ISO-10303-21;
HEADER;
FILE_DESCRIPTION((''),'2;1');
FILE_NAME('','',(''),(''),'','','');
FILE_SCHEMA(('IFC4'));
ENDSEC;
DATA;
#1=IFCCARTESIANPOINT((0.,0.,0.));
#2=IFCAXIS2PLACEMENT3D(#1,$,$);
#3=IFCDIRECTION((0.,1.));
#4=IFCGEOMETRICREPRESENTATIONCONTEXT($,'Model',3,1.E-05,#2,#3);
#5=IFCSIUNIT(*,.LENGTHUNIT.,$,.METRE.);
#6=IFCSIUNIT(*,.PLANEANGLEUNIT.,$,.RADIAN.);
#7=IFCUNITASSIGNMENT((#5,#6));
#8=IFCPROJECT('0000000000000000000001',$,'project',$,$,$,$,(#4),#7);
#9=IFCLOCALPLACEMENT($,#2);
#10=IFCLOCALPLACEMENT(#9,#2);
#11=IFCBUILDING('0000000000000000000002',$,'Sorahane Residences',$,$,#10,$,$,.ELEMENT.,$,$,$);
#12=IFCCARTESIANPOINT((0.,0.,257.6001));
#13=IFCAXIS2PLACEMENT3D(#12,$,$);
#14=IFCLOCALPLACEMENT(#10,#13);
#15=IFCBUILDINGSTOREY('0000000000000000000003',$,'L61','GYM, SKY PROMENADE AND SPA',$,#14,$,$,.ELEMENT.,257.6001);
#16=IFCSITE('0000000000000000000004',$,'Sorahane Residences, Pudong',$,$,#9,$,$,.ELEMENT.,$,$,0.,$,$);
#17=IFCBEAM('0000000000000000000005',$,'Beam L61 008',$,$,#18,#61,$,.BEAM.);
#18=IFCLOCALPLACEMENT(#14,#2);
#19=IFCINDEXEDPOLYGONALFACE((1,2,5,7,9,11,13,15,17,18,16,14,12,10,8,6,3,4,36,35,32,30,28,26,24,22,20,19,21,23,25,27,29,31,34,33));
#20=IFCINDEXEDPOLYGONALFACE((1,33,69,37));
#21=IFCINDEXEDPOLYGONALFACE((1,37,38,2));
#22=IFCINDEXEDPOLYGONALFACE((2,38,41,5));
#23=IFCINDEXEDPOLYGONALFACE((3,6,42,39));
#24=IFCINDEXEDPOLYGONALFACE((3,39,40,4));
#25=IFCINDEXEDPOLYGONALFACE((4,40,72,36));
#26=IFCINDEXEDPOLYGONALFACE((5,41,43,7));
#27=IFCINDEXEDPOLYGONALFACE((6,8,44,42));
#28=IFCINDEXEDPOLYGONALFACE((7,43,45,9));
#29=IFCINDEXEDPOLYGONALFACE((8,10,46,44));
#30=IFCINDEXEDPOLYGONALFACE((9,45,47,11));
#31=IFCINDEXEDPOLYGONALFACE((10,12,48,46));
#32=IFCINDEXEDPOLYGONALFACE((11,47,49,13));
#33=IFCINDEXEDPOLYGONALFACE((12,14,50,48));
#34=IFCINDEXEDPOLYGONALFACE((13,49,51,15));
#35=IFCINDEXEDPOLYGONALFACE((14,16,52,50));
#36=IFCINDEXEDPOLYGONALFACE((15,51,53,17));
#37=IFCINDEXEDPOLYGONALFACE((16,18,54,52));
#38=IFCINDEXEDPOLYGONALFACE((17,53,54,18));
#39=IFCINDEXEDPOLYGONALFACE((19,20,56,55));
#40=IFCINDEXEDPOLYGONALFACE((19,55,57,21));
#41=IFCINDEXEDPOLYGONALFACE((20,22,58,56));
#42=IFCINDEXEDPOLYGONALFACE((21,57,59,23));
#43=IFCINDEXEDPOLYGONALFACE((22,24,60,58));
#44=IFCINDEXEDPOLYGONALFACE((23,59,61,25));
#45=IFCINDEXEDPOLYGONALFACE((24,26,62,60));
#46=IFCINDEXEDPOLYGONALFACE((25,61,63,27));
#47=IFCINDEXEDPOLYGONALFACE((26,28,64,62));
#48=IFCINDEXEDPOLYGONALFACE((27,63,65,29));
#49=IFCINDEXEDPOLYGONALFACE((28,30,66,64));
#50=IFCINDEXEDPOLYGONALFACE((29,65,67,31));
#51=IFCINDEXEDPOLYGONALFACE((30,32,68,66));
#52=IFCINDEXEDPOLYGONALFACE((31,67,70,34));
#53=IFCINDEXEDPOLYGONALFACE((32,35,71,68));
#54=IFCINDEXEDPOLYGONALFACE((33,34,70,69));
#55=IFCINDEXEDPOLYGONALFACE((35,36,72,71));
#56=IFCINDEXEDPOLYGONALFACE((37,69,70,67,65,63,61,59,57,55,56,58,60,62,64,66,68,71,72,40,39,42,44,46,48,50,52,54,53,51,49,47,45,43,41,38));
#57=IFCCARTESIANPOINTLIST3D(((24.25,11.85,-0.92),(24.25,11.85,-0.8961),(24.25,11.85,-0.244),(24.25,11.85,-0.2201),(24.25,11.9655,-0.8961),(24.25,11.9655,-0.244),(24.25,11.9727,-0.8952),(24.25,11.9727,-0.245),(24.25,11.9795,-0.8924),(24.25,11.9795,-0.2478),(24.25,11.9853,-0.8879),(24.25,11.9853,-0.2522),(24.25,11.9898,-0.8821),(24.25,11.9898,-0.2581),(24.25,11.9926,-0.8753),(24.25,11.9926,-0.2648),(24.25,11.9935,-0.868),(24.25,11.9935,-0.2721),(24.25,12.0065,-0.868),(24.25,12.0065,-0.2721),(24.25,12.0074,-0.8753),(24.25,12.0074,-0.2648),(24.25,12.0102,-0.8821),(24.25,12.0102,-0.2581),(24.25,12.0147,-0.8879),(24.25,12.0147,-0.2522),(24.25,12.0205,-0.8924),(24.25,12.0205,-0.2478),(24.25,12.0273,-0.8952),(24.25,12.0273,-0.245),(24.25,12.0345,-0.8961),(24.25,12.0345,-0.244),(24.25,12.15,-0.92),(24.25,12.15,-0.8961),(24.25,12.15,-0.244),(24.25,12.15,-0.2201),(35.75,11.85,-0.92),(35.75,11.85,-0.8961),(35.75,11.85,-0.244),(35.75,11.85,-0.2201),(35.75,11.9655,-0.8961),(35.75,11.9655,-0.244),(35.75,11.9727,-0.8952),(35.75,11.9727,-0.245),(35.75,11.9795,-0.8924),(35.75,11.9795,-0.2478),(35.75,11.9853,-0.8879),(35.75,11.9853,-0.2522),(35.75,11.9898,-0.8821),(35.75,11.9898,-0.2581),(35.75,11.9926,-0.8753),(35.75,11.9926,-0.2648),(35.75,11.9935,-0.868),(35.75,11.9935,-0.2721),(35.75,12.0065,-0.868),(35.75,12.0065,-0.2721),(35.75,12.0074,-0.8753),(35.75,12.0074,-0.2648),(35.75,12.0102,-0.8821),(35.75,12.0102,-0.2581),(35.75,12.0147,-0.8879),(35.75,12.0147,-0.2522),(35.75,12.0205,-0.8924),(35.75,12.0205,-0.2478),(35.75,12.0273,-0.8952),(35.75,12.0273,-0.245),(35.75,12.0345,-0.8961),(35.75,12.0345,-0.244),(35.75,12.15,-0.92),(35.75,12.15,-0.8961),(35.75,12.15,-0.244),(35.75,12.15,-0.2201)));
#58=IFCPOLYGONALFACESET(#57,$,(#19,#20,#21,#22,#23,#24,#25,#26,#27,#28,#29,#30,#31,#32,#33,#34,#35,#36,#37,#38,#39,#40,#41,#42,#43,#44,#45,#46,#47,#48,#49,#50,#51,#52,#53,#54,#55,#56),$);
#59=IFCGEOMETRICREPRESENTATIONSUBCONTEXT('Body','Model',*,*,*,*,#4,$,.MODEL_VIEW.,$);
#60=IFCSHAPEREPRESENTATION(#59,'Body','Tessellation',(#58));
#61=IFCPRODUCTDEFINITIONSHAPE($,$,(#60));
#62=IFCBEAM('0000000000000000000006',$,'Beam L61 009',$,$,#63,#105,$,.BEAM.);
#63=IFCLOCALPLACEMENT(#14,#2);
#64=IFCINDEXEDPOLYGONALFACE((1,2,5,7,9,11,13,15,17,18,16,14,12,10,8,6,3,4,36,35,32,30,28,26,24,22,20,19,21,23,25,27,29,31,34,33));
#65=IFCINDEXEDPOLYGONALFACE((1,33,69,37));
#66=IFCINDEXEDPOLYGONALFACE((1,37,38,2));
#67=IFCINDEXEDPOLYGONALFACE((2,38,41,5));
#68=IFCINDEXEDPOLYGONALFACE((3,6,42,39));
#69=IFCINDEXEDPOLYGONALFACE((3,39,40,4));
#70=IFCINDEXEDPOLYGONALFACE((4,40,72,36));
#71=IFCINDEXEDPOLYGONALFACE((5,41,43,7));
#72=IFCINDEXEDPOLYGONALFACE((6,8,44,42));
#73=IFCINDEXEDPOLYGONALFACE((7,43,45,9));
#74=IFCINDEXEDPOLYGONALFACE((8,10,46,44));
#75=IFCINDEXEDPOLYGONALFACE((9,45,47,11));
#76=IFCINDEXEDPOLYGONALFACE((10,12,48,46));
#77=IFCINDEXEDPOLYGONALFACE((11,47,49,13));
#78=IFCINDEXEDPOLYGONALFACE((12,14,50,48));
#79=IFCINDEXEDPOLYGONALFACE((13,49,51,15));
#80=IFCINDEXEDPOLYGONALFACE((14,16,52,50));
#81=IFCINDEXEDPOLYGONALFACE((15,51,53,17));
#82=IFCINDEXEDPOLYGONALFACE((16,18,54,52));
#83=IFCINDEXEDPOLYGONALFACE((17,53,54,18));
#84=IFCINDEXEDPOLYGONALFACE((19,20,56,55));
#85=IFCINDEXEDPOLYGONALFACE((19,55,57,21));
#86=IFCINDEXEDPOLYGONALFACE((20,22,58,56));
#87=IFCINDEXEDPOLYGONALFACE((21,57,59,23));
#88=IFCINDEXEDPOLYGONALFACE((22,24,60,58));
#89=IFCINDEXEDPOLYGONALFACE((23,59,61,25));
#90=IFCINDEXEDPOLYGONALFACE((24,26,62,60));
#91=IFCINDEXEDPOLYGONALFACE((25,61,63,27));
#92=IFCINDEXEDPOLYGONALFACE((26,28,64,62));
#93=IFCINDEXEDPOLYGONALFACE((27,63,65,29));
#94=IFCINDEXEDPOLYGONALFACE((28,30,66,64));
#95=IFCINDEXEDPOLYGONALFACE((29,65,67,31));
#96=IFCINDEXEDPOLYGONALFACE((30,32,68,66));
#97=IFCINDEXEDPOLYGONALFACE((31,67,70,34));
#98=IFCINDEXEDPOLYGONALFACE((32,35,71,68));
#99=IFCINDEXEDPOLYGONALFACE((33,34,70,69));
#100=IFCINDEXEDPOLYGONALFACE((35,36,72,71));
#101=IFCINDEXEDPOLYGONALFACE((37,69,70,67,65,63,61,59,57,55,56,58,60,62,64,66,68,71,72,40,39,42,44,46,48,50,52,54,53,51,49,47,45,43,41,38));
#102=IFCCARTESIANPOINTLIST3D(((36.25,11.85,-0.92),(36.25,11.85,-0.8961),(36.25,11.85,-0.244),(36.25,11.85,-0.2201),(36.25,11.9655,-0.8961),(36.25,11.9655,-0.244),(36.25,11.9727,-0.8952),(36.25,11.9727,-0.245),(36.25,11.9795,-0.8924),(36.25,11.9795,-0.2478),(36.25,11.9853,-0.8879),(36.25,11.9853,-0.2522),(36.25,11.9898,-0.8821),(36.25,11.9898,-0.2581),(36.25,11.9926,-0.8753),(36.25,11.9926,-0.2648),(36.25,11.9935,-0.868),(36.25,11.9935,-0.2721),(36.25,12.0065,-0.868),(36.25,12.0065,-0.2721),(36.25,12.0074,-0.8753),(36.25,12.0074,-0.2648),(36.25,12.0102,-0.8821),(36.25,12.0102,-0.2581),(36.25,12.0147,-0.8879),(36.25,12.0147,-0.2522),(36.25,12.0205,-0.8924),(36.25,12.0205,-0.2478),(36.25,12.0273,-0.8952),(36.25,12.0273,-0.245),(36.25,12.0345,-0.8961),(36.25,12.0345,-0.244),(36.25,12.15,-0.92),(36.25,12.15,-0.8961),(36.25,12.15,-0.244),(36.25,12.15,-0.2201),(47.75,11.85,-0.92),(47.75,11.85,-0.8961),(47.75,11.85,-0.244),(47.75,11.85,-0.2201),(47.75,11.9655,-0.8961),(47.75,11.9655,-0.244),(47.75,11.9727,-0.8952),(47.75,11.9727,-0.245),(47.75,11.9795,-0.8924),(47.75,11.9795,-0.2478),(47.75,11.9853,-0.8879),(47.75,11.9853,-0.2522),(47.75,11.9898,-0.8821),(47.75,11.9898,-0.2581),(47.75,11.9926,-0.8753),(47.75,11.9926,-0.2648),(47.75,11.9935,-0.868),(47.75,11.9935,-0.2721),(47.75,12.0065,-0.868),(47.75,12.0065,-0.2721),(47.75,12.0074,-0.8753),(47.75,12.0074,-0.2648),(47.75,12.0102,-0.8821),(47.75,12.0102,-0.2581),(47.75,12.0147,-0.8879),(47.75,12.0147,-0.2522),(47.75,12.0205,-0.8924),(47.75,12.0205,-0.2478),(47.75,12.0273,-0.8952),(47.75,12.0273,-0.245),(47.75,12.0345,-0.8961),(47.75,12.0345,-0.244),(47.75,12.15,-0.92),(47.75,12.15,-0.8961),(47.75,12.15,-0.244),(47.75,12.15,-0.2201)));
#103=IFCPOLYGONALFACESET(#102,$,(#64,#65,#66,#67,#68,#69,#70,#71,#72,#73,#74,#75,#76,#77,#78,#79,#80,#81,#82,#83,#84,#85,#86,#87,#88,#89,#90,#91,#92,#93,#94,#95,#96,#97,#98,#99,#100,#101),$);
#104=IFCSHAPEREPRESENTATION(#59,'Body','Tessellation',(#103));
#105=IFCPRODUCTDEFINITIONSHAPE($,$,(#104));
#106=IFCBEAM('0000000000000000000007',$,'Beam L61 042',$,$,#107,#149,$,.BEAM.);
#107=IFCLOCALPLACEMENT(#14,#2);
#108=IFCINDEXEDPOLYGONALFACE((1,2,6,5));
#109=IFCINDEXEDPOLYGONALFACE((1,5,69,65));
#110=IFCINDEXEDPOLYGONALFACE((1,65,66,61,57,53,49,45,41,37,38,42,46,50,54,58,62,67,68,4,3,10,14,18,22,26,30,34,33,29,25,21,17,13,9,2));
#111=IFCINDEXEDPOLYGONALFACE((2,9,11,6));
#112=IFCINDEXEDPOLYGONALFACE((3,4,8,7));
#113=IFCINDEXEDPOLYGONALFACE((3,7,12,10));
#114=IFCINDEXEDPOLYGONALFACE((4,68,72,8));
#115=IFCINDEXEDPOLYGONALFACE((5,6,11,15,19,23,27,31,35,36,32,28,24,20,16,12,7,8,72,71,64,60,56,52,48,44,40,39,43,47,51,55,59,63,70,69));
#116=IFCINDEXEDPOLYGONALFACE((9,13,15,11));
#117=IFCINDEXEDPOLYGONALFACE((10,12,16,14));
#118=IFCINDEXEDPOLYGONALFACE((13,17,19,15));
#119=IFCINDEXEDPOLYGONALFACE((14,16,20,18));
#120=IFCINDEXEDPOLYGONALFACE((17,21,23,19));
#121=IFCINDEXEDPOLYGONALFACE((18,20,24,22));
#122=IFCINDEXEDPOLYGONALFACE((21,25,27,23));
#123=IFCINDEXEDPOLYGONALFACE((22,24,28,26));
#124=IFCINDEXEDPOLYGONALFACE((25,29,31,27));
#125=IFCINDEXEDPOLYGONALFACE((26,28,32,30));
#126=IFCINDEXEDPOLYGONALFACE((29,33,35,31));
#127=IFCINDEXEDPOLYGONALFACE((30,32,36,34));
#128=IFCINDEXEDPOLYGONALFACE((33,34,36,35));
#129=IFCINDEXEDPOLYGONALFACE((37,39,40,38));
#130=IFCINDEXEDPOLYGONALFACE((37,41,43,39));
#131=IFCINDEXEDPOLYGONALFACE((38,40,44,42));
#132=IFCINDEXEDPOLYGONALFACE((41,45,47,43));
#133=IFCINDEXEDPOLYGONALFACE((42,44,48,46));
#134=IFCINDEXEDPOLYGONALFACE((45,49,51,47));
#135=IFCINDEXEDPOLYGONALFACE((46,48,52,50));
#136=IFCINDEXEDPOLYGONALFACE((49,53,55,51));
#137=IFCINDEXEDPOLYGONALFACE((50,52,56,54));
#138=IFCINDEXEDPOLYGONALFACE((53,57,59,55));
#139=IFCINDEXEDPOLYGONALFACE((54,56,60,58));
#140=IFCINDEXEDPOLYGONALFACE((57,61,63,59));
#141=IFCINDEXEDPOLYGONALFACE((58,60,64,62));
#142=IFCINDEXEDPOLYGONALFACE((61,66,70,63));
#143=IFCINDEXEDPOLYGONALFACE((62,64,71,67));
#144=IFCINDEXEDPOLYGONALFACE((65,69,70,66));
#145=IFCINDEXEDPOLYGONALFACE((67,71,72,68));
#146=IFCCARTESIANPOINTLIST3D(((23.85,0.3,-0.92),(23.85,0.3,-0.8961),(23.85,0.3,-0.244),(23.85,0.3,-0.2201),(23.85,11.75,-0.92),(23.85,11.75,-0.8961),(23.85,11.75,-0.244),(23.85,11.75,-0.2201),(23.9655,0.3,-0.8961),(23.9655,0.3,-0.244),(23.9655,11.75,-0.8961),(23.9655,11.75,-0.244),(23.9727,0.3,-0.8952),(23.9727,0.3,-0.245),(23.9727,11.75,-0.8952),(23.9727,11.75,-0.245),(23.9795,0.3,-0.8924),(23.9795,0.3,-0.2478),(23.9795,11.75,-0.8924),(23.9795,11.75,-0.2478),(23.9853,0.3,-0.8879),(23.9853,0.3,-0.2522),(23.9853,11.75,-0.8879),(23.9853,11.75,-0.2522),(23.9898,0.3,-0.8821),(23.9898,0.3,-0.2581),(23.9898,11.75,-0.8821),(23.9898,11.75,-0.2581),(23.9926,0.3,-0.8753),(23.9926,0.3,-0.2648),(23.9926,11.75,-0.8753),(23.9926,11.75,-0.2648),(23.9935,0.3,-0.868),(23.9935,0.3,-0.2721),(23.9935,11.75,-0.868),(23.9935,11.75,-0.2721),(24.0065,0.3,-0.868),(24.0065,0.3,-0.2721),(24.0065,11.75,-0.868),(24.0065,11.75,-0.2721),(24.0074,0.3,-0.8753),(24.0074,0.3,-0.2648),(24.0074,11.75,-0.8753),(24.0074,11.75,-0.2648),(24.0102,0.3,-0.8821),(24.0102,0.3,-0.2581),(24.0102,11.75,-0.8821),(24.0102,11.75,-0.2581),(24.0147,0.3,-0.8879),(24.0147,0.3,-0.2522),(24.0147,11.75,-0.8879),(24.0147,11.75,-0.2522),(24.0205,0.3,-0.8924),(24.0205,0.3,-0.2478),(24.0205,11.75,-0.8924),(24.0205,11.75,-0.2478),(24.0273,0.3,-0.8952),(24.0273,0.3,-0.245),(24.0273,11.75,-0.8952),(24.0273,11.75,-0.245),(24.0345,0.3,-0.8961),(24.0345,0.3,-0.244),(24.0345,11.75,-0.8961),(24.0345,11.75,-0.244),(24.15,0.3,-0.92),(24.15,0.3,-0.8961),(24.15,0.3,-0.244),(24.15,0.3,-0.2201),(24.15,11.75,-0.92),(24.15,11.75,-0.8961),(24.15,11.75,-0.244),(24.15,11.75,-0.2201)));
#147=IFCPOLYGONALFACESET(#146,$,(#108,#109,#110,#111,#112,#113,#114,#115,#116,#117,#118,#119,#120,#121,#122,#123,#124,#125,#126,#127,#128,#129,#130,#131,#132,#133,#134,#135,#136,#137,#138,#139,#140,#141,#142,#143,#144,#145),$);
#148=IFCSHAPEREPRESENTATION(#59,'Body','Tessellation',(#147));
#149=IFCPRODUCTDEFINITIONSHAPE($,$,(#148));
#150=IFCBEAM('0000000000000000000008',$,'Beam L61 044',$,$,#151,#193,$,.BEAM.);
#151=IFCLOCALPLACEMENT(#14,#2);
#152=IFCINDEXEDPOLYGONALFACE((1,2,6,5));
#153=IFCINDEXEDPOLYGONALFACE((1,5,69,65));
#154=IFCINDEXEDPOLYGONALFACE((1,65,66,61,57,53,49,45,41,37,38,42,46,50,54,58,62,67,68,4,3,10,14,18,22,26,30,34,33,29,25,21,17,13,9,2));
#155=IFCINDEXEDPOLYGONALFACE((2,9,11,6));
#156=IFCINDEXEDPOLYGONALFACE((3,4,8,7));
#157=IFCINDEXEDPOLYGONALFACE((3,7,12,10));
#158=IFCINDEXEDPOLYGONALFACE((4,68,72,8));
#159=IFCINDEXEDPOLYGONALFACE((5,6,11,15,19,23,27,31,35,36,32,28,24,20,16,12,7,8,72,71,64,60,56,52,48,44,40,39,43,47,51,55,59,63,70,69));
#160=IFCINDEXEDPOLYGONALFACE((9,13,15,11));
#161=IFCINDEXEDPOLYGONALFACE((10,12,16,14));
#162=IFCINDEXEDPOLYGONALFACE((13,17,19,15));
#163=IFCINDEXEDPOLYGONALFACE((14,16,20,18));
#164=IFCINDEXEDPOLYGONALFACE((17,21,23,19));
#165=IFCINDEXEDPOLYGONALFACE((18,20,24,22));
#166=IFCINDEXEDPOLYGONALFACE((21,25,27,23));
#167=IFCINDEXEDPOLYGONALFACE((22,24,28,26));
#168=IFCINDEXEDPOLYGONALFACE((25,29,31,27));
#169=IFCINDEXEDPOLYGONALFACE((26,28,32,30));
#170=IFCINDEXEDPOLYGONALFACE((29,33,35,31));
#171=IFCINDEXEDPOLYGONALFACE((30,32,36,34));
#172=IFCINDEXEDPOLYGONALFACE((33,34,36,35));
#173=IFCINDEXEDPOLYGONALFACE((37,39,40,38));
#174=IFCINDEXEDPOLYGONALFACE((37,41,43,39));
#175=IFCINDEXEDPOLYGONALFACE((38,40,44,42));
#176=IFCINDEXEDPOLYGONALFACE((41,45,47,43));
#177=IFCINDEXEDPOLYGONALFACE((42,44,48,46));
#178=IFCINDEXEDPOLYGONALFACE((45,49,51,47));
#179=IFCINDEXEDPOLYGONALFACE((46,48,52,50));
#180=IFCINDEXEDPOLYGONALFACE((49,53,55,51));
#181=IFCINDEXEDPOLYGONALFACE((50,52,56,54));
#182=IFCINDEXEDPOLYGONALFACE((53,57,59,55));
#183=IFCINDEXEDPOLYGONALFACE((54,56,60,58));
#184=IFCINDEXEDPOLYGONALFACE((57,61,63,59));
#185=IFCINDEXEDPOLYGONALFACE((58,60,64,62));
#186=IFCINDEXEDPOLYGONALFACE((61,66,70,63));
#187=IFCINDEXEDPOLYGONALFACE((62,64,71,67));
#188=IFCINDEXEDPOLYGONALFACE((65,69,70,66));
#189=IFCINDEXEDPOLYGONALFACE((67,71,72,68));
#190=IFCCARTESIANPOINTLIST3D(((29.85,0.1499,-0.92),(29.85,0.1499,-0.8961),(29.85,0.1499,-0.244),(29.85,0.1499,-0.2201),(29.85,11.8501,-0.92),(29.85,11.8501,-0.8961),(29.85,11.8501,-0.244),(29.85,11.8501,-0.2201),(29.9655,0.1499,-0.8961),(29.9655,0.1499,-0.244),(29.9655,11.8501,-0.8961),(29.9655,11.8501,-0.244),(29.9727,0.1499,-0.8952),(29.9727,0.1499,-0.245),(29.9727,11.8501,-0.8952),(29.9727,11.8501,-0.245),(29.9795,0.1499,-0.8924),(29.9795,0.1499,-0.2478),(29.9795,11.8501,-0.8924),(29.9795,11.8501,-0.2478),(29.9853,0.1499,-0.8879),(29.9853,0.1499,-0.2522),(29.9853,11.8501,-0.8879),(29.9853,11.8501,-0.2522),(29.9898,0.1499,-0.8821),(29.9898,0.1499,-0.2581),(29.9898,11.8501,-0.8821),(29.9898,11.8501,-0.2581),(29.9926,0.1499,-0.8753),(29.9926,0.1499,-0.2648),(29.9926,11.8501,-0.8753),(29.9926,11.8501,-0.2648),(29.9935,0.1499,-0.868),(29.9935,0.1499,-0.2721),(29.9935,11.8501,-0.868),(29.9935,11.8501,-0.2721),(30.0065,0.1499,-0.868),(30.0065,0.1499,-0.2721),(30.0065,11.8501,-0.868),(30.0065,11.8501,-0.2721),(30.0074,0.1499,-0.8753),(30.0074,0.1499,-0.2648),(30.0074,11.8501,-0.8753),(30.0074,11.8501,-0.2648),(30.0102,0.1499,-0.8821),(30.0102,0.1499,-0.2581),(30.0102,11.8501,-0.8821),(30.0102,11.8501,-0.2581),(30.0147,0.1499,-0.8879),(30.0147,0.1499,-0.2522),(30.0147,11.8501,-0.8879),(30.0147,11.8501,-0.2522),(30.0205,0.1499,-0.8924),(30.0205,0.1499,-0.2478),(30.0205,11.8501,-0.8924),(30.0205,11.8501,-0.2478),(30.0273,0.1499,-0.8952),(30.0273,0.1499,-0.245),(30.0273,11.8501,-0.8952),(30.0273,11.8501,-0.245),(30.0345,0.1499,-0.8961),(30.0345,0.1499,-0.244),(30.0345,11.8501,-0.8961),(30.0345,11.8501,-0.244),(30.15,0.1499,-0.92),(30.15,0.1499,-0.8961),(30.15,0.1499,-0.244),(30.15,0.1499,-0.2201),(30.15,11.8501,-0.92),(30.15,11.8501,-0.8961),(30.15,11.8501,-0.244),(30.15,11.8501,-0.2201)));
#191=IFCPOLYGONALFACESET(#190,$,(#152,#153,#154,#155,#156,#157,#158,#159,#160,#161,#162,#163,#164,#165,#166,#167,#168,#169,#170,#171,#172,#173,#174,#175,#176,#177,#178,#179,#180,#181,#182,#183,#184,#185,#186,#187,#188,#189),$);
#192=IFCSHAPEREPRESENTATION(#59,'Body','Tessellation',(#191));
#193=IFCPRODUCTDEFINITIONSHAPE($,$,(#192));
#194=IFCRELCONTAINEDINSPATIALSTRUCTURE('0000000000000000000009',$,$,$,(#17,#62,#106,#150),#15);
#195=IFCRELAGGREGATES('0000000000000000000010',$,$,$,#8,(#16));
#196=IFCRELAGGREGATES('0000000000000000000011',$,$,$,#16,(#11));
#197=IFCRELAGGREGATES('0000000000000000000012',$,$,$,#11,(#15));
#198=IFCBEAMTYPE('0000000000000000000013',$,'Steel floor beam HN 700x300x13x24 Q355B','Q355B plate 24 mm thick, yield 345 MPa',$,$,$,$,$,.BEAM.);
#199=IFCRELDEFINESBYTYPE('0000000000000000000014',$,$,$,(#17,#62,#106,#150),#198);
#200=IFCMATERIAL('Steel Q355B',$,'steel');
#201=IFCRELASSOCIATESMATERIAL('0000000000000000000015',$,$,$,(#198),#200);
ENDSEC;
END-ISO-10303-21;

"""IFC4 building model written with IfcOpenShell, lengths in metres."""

from ifc_helpers import new_model, si_unit, direction, frame, origin, origin_2d, place, context, subcontext, project, spatial, i_section, extrude, material, material_profile, profile_set, type_object, element, save


model = new_model("IFC4")

# Units and contexts
model_context = context("Model", 3, precision=1e-05, world=origin(), true_north=direction((0.0, 1.0)))
body_context = subcontext(model_context, "Body", "Model", "MODEL_VIEW")
ifc_project = project(units=[si_unit("LENGTHUNIT", "METRE"), si_unit("PLANEANGLEUNIT", "RADIAN")], contexts=[model_context])

# Site, building, storey
site_placement = place(None, origin())
site = spatial("IfcSite", under=ifc_project, at=site_placement, Name="Sorahane Residences, Pudong", CompositionType="ELEMENT", RefElevation=0.0)
building_placement = place(site_placement, origin())
building = spatial("IfcBuilding", under=site, at=building_placement, Name="Sorahane Residences", CompositionType="ELEMENT")
storey_placement = place(building_placement, frame((0.0, 0.0, 257.6001)))
storey = spatial("IfcBuildingStorey", under=building, at=storey_placement, Name="L61", Description="GYM, SKY PROMENADE AND SPA", CompositionType="ELEMENT", Elevation=257.6001)

# Beams
ifc_material_1 = material(Name="Steel Q355B", Category="steel")
ifc_material_profile_1 = material_profile(ifc_material_1, i_section(OverallWidth=0.3, OverallDepth=0.7, WebThickness=0.0129, FlangeThickness=0.0239, FilletRadius=0.0281, at=origin_2d()), Name="HN 700x300x13x24")
ifc_profile_set_1 = profile_set([ifc_material_profile_1], Name="Steel Q355B")
beam_type_1 = type_object("IfcBeamType", Name="Steel floor beam HN 700x300x13x24 Q355B", Description="Q355B plate 24 mm thick, yield 345 MPa", PredefinedType="BEAM", material=ifc_profile_set_1)
for number, where, z_axis, x_axis, name in (
    (1, (24.25, 12.0, -0.5701), (1.0, 0.0, 0.0), (0.0, 1.0, 0.0), "Beam L61 008"),
    (2, (36.25, 12.0, -0.5701), (1.0, 0.0, 0.0), (0.0, 1.0, 0.0), "Beam L61 009"),
):
    element("IfcBeam", number, at=place(storey_placement, frame(where, z_axis=z_axis, x_axis=x_axis)), inside=storey, type_object=beam_type_1, Name=name, PredefinedType="BEAM", context=body_context, shape_type="SweptSolid", body=[
        extrude(i_section(OverallWidth=0.3, OverallDepth=0.7, WebThickness=0.0129, FlangeThickness=0.0239, FilletRadius=0.0281, at=origin_2d()), origin(), (0.0, 0.0, 1.0), 11.5),
    ])
beam_1_placement = place(storey_placement, frame((24.0, 0.3, -0.5701), z_axis=(0.0, 1.0, 0.0), x_axis=(-1.0, 0.0, 0.0)))
element("IfcBeam", 3, at=beam_1_placement, inside=storey, type_object=beam_type_1, Name="Beam L61 042", PredefinedType="BEAM", context=body_context, shape_type="SweptSolid", body=[
    extrude(i_section(OverallWidth=0.3, OverallDepth=0.7, WebThickness=0.0129, FlangeThickness=0.0239, FilletRadius=0.0281, at=origin_2d()), origin(), (0.0, 0.0, 1.0), 11.45),
])
beam_2_placement = place(storey_placement, frame((30.0, 0.1499, -0.5701), z_axis=(0.0, 1.0, 0.0), x_axis=(-1.0, 0.0, 0.0)))
element("IfcBeam", 4, at=beam_2_placement, inside=storey, type_object=beam_type_1, Name="Beam L61 044", PredefinedType="BEAM", context=body_context, shape_type="SweptSolid", body=[
    extrude(i_section(OverallWidth=0.3, OverallDepth=0.7, WebThickness=0.0129, FlangeThickness=0.0239, FilletRadius=0.0281, at=origin_2d()), origin(), (0.0, 0.0, 1.0), 11.7002),
])

save(model, "model.ifc")
